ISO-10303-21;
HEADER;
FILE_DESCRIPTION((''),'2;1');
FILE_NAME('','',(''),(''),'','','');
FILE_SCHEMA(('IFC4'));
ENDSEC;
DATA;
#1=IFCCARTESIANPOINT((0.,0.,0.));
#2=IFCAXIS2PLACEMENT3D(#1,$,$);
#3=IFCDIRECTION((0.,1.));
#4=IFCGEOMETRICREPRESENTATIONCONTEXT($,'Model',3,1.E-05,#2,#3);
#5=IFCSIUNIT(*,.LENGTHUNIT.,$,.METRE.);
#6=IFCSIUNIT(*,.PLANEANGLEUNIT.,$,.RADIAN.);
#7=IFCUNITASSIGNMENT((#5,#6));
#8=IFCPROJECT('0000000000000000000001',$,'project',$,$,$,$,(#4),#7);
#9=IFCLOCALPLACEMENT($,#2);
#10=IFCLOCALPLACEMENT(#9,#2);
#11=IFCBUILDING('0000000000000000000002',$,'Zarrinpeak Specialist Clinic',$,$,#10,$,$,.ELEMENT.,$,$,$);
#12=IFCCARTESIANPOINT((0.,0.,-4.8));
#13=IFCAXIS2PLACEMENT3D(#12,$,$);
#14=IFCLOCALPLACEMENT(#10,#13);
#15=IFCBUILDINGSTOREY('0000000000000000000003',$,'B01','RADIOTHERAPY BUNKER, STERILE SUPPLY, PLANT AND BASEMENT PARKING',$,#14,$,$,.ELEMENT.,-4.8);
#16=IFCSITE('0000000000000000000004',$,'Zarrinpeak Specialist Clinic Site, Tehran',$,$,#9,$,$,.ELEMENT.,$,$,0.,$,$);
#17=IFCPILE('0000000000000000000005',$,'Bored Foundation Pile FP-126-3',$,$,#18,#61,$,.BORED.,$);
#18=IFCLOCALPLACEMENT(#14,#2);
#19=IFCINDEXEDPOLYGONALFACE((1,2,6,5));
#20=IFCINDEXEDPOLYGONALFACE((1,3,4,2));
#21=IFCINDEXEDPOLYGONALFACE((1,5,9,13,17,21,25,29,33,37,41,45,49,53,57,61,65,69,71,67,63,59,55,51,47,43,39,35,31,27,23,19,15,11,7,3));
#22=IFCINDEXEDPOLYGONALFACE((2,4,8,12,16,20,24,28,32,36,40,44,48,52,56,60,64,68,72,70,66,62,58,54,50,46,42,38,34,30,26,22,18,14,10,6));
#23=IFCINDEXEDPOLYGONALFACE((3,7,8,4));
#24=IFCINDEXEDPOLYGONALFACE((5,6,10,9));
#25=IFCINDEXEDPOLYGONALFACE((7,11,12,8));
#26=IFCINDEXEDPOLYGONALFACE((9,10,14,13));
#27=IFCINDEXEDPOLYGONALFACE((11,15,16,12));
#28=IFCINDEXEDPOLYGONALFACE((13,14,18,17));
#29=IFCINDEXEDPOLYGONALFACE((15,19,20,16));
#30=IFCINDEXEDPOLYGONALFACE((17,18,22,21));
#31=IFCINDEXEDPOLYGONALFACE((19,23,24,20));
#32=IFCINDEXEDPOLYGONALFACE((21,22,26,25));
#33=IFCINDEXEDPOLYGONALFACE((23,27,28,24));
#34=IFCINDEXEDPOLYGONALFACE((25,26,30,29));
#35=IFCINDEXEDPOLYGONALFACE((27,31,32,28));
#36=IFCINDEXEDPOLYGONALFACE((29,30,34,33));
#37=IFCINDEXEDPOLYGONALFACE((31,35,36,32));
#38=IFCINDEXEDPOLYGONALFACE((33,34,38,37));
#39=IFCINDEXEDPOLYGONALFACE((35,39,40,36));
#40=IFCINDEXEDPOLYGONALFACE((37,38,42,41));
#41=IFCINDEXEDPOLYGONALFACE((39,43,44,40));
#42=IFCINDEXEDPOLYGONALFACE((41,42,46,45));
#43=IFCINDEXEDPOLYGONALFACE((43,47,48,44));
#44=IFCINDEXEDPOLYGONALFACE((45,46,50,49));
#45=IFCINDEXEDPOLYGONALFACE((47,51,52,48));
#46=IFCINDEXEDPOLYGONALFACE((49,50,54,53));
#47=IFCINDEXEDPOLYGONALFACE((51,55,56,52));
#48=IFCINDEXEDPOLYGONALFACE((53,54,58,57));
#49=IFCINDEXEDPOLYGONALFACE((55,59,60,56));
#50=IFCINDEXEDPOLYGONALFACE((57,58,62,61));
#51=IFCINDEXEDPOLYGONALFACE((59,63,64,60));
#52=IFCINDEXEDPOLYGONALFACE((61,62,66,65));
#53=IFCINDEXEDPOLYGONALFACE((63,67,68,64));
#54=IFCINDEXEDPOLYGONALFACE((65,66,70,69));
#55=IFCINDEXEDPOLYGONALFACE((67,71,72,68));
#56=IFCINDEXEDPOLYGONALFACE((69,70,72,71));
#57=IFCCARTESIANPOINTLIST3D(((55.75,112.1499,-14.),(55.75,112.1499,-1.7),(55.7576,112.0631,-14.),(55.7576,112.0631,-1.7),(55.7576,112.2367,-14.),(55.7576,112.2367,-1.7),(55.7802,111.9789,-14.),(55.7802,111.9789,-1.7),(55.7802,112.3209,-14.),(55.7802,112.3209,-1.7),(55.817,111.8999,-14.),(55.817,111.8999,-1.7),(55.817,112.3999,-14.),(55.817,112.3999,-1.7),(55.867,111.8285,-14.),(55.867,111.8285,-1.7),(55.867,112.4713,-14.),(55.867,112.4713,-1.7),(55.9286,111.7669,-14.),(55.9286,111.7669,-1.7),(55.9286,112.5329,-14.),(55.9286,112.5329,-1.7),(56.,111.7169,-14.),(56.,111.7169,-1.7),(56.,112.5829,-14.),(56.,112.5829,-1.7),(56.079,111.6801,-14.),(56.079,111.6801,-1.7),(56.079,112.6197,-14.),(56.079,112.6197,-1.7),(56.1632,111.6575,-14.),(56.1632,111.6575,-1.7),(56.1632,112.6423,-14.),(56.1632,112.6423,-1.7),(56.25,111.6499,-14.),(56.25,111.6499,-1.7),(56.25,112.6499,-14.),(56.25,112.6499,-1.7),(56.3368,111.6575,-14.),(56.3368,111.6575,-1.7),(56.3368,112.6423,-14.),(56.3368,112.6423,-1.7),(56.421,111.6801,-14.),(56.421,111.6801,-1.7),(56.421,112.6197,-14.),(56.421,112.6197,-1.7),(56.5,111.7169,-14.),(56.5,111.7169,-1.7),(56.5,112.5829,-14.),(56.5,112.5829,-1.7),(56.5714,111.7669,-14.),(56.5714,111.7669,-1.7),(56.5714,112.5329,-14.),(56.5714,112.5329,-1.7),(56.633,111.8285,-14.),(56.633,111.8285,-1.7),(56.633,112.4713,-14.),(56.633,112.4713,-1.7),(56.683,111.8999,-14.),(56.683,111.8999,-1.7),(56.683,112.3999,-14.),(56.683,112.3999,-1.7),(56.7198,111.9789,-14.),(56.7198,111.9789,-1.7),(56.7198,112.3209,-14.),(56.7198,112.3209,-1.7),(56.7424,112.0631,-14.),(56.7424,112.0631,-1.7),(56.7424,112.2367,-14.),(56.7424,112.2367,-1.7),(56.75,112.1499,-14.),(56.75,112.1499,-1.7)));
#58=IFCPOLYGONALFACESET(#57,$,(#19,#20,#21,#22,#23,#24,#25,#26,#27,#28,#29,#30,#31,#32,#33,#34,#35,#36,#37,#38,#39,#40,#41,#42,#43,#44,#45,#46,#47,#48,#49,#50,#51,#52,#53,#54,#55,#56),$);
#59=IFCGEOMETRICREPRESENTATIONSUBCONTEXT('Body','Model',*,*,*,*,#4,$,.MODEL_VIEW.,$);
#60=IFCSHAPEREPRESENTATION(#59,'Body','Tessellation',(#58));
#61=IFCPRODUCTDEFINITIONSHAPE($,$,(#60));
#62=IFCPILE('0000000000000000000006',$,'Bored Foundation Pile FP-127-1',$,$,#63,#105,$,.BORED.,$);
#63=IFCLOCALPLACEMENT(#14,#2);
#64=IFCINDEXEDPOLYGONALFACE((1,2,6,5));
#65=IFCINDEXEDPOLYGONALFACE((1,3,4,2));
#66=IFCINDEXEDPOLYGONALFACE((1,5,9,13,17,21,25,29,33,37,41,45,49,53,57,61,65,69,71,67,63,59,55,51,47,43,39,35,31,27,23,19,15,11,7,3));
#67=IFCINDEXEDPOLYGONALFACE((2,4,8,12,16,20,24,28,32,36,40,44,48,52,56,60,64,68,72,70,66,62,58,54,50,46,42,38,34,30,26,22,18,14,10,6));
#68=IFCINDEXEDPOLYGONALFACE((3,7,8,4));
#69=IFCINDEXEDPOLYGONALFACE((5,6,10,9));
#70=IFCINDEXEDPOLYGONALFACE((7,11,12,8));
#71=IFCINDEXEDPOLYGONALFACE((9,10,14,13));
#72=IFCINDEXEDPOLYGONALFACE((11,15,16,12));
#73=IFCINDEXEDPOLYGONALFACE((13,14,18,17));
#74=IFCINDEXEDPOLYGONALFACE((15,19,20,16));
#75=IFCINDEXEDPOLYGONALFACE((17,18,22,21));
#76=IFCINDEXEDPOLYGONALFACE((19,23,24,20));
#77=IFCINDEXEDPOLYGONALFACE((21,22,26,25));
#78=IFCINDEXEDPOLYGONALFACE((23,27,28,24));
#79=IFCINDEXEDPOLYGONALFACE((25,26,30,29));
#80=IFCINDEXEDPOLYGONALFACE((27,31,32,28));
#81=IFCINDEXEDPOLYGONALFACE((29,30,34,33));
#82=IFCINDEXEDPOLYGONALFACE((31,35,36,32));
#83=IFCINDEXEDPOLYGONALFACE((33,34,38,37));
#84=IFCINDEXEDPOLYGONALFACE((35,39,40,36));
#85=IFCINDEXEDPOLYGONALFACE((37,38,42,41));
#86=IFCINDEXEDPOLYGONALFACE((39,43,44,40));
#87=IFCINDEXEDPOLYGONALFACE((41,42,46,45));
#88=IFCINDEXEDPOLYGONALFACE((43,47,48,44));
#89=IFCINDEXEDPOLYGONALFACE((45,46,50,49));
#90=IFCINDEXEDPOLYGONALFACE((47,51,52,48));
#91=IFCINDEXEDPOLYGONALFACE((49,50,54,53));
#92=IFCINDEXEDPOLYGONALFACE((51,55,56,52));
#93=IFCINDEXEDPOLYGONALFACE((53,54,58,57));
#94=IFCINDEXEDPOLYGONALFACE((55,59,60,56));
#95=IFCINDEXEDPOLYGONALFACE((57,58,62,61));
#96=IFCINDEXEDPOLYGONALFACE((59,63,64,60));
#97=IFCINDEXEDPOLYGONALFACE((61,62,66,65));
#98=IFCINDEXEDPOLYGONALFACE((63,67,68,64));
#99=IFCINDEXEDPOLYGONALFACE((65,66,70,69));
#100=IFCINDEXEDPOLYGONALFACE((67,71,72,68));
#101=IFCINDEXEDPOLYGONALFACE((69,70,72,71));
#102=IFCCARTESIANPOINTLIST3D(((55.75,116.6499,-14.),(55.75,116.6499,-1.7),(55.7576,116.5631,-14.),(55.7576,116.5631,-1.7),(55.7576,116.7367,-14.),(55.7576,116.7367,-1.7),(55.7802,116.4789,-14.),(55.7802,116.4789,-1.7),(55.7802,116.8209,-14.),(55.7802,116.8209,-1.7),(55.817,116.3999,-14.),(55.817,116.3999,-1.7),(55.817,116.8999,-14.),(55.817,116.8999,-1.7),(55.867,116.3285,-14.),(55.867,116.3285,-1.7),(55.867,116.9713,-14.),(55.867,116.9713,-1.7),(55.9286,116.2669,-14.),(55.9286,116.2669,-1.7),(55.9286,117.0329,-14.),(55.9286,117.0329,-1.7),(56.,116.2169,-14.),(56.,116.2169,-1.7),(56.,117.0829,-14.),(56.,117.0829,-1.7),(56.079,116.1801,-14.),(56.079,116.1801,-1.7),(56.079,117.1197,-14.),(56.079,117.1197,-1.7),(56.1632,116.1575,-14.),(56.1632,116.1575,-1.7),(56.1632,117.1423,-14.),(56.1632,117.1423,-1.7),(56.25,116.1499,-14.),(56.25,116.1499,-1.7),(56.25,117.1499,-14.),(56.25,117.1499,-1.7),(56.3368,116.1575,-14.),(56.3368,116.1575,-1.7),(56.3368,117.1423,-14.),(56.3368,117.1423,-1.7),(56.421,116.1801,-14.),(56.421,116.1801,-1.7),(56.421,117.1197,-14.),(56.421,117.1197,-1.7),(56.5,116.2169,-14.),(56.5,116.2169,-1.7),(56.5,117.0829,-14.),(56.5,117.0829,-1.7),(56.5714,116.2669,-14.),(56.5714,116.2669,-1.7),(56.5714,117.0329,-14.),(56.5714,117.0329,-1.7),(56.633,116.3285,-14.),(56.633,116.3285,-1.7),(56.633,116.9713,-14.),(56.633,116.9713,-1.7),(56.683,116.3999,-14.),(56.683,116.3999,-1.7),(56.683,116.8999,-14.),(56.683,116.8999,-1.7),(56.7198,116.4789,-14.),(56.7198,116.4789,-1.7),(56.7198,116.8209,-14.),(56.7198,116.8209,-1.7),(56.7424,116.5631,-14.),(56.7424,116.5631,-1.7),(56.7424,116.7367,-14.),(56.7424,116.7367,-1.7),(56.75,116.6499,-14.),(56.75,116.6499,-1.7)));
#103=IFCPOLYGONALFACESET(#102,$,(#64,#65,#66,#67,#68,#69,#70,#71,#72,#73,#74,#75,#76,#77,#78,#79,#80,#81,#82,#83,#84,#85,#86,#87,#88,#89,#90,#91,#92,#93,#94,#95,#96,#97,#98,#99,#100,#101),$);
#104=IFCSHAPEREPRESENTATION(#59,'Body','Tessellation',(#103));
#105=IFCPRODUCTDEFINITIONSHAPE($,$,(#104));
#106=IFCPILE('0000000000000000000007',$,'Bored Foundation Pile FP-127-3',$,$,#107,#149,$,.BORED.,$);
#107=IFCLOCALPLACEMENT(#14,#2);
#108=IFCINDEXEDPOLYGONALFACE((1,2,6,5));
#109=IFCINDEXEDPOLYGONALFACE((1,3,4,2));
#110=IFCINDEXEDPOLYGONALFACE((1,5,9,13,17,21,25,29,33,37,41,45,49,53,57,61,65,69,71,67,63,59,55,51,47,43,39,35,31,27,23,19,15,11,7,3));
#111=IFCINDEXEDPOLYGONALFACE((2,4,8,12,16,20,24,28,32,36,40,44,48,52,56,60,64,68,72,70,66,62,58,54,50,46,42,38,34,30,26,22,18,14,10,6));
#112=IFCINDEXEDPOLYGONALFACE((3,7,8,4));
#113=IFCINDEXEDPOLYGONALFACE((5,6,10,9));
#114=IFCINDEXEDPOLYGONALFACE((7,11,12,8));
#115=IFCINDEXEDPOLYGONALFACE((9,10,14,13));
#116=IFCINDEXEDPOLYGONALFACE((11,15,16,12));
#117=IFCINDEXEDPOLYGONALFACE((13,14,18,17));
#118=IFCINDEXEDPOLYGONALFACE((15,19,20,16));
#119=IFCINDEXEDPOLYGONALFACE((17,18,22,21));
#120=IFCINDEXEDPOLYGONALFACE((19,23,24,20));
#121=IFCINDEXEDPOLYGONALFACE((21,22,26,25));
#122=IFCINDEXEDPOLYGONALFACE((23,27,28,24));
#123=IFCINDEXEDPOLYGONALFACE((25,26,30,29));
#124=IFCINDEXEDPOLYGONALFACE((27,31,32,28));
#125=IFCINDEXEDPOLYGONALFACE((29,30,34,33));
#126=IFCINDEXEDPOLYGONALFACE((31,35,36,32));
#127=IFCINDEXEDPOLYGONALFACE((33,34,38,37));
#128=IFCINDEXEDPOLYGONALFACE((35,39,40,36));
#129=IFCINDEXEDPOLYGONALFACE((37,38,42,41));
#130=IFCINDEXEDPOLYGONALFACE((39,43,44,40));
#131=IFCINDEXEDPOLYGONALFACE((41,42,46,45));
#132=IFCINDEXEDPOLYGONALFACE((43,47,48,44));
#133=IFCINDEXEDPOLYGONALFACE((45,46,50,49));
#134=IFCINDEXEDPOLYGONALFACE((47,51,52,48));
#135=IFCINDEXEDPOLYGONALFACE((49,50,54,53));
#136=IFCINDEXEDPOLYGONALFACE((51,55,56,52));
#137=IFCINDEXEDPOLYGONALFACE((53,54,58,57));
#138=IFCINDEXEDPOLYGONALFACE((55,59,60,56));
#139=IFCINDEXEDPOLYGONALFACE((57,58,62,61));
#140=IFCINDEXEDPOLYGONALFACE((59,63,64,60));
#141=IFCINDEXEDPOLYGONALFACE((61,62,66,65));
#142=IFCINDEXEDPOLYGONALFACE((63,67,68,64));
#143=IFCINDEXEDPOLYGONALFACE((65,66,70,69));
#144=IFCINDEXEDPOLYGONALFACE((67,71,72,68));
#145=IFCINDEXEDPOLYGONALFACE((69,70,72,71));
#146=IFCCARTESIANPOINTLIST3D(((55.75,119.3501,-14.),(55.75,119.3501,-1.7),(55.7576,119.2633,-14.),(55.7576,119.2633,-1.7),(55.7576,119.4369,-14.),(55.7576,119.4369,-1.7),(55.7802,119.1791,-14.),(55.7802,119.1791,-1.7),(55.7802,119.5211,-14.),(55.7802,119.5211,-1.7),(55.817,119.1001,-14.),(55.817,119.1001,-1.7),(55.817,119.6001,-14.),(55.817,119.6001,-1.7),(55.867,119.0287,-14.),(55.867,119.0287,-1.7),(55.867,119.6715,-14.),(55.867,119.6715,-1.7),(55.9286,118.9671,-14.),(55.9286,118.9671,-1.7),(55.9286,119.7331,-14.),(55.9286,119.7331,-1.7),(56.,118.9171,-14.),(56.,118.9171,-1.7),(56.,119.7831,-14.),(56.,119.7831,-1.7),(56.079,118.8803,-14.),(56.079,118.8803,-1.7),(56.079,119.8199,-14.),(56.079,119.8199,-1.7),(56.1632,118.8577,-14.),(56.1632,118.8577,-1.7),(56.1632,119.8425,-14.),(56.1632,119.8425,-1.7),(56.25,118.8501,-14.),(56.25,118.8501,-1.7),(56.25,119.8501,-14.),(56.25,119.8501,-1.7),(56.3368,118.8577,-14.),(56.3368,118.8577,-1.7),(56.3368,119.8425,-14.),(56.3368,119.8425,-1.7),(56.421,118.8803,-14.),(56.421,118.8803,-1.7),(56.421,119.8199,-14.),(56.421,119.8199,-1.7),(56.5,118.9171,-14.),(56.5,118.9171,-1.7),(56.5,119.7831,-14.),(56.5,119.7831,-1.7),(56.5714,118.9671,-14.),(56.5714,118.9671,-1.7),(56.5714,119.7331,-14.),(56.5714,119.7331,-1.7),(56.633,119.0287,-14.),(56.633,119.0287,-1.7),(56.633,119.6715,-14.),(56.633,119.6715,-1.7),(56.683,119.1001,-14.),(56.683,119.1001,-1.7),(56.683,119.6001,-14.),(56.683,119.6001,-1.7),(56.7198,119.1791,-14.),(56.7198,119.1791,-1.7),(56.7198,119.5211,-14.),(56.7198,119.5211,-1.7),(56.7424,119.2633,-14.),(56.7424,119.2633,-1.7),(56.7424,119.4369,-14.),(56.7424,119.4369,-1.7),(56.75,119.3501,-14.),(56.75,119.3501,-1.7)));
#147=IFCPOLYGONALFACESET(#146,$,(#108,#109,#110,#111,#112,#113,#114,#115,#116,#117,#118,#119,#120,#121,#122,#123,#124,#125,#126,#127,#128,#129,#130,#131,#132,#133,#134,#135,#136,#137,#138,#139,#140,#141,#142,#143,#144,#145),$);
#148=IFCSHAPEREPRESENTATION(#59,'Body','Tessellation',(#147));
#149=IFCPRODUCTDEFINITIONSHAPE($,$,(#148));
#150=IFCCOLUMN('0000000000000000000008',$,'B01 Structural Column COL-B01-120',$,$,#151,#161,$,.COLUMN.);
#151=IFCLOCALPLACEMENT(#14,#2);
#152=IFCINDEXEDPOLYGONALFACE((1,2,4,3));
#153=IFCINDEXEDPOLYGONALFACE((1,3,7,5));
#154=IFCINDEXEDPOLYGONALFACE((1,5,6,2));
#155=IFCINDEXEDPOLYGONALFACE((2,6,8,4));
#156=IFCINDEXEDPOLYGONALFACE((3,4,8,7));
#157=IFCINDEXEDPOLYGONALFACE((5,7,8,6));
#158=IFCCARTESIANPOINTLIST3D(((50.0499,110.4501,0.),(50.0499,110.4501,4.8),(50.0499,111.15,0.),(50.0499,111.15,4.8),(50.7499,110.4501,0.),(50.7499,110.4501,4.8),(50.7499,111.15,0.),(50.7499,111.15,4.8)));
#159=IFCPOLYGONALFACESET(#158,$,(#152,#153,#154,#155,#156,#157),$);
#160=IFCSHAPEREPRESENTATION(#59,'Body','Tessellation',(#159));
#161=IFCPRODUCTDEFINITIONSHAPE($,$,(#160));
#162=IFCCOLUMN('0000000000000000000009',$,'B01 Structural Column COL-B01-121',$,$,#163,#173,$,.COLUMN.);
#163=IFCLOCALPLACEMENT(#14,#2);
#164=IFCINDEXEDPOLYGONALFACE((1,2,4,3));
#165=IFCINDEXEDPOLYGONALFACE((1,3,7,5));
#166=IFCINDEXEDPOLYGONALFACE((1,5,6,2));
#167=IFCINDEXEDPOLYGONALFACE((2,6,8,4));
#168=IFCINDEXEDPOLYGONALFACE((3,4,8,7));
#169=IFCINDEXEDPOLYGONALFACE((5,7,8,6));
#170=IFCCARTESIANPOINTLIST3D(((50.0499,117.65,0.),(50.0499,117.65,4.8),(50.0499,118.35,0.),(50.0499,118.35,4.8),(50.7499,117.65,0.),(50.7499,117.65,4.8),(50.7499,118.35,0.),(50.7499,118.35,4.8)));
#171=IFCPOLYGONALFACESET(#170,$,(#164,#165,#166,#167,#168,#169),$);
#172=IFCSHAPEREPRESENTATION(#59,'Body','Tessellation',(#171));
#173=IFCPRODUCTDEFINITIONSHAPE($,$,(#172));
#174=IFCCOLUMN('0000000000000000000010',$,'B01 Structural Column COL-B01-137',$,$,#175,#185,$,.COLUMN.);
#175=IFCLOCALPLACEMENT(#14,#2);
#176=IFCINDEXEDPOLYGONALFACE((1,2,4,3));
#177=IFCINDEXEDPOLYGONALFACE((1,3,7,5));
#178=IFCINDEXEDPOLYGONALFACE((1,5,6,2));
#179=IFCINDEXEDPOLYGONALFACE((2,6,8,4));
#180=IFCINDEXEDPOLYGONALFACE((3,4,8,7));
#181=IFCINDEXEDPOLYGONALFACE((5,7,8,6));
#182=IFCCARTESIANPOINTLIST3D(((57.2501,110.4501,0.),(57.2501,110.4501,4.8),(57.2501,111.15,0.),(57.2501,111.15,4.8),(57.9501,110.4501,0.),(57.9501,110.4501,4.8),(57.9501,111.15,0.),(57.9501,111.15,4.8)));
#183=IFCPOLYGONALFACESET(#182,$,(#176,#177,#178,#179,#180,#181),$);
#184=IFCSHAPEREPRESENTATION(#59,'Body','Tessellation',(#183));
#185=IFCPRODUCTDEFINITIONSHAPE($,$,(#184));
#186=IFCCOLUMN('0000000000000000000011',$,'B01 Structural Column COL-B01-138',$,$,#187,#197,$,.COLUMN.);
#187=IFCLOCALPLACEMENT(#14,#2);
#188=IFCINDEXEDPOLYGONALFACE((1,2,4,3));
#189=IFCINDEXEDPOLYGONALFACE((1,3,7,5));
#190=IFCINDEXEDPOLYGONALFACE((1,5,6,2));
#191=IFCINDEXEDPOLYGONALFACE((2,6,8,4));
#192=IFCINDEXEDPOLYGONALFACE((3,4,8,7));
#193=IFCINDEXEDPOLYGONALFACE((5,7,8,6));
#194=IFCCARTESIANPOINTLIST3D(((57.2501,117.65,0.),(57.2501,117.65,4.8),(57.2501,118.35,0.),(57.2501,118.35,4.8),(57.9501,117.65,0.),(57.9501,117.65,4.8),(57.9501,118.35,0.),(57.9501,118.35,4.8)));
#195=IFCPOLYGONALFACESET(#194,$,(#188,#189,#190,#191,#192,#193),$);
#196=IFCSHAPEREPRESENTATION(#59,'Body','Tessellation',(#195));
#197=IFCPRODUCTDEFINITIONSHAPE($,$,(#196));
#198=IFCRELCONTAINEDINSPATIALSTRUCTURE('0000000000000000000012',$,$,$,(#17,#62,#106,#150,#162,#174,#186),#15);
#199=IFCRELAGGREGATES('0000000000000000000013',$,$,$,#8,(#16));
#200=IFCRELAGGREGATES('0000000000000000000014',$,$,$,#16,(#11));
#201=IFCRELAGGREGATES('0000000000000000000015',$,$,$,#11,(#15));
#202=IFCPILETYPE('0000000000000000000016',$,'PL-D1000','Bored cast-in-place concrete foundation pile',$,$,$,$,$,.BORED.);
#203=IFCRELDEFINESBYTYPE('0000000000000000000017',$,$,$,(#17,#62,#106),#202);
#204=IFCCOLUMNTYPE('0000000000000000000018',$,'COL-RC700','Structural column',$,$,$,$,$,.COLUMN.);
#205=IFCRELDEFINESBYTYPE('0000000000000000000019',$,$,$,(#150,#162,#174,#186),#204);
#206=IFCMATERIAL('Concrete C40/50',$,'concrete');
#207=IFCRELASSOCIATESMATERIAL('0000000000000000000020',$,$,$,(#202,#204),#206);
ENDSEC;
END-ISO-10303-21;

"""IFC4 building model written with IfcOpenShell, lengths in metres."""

from ifc_helpers import new_model, si_unit, direction, frame, origin, origin_2d, place, context, subcontext, project, spatial, rectangle, circle, extrude, material, material_profile, profile_set, type_object, element, save


model = new_model("IFC4")

# Units and contexts
model_context = context("Model", 3, precision=1e-05, world=origin(), true_north=direction((0.0, 1.0)))
body_context = subcontext(model_context, "Body", "Model", "MODEL_VIEW")
ifc_project = project(units=[si_unit("LENGTHUNIT", "METRE"), si_unit("PLANEANGLEUNIT", "RADIAN")], contexts=[model_context])

# Site, building, storey
site_placement = place(None, origin())
site = spatial("IfcSite", under=ifc_project, at=site_placement, Name="Zarrinpeak Specialist Clinic Site, Tehran", CompositionType="ELEMENT", RefElevation=0.0)
building_placement = place(site_placement, origin())
building = spatial("IfcBuilding", under=site, at=building_placement, Name="Zarrinpeak Specialist Clinic", CompositionType="ELEMENT")
storey_placement = place(building_placement, frame((0.0, 0.0, -4.8)))
storey = spatial("IfcBuildingStorey", under=building, at=storey_placement, Name="B01", Description="RADIOTHERAPY BUNKER, STERILE SUPPLY, PLANT AND BASEMENT PARKING", CompositionType="ELEMENT", Elevation=-4.8)

# Shared definitions
ifc_material_1 = material(Name="Concrete C40/50", Category="concrete")

# Piles
ifc_material_profile_1 = material_profile(ifc_material_1, circle(Radius=0.5, at=origin_2d()), Name="BORED PILE D1000")
ifc_profile_set_1 = profile_set([ifc_material_profile_1], Name="Concrete C40/50")
pile_type = type_object("IfcPileType", Name="PL-D1000", Description="Bored cast-in-place concrete foundation pile", PredefinedType="BORED", material=ifc_profile_set_1)
for number, where, z_axis, x_axis, name in (
    (1, (56.25, 112.1499, -1.7), (0.0, 0.0, -1.0), (1.0, 0.0, 0.0), "Bored Foundation Pile FP-126-3"),
    (2, (56.25, 116.6499, -1.7), (0.0, 0.0, -1.0), (1.0, 0.0, 0.0), "Bored Foundation Pile FP-127-1"),
    (3, (56.25, 119.3501, -1.7), (0.0, 0.0, -1.0), (1.0, 0.0, 0.0), "Bored Foundation Pile FP-127-3"),
):
    element("IfcPile", number, at=place(storey_placement, frame(where, z_axis=z_axis, x_axis=x_axis)), inside=storey, type_object=pile_type, Name=name, PredefinedType="BORED", context=body_context, shape_type="SweptSolid", body=[
        extrude(circle(Radius=0.5, at=origin_2d()), origin(), (0.0, 0.0, 1.0), 12.3),
    ])

# Columns
ifc_material_profile_2 = material_profile(ifc_material_1, rectangle(XDim=0.7, YDim=0.7, at=origin_2d()), Name="RC 700x700")
ifc_profile_set_2 = profile_set([ifc_material_profile_2], Name="Concrete C40/50")
column_type = type_object("IfcColumnType", Name="COL-RC700", Description="Structural column", PredefinedType="COLUMN", material=ifc_profile_set_2)
for number, where, z_axis, x_axis, name in (
    (4, (50.3999, 110.8, 0.0), (0.0, 0.0, 1.0), (1.0, 0.0, 0.0), "B01 Structural Column COL-B01-120"),
    (5, (50.3999, 118.0, 0.0), (0.0, 0.0, 1.0), (1.0, 0.0, 0.0), "B01 Structural Column COL-B01-121"),
    (6, (57.6001, 110.8, 0.0), (0.0, 0.0, 1.0), (1.0, 0.0, 0.0), "B01 Structural Column COL-B01-137"),
    (7, (57.6001, 118.0, 0.0), (0.0, 0.0, 1.0), (1.0, 0.0, 0.0), "B01 Structural Column COL-B01-138"),
):
    element("IfcColumn", number, at=place(storey_placement, frame(where, z_axis=z_axis, x_axis=x_axis)), inside=storey, type_object=column_type, Name=name, PredefinedType="COLUMN", context=body_context, shape_type="SweptSolid", body=[
        extrude(rectangle(XDim=0.7, YDim=0.7, at=origin_2d()), origin(), (0.0, 0.0, 1.0), 4.8),
    ])

save(model, "model.ifc")
